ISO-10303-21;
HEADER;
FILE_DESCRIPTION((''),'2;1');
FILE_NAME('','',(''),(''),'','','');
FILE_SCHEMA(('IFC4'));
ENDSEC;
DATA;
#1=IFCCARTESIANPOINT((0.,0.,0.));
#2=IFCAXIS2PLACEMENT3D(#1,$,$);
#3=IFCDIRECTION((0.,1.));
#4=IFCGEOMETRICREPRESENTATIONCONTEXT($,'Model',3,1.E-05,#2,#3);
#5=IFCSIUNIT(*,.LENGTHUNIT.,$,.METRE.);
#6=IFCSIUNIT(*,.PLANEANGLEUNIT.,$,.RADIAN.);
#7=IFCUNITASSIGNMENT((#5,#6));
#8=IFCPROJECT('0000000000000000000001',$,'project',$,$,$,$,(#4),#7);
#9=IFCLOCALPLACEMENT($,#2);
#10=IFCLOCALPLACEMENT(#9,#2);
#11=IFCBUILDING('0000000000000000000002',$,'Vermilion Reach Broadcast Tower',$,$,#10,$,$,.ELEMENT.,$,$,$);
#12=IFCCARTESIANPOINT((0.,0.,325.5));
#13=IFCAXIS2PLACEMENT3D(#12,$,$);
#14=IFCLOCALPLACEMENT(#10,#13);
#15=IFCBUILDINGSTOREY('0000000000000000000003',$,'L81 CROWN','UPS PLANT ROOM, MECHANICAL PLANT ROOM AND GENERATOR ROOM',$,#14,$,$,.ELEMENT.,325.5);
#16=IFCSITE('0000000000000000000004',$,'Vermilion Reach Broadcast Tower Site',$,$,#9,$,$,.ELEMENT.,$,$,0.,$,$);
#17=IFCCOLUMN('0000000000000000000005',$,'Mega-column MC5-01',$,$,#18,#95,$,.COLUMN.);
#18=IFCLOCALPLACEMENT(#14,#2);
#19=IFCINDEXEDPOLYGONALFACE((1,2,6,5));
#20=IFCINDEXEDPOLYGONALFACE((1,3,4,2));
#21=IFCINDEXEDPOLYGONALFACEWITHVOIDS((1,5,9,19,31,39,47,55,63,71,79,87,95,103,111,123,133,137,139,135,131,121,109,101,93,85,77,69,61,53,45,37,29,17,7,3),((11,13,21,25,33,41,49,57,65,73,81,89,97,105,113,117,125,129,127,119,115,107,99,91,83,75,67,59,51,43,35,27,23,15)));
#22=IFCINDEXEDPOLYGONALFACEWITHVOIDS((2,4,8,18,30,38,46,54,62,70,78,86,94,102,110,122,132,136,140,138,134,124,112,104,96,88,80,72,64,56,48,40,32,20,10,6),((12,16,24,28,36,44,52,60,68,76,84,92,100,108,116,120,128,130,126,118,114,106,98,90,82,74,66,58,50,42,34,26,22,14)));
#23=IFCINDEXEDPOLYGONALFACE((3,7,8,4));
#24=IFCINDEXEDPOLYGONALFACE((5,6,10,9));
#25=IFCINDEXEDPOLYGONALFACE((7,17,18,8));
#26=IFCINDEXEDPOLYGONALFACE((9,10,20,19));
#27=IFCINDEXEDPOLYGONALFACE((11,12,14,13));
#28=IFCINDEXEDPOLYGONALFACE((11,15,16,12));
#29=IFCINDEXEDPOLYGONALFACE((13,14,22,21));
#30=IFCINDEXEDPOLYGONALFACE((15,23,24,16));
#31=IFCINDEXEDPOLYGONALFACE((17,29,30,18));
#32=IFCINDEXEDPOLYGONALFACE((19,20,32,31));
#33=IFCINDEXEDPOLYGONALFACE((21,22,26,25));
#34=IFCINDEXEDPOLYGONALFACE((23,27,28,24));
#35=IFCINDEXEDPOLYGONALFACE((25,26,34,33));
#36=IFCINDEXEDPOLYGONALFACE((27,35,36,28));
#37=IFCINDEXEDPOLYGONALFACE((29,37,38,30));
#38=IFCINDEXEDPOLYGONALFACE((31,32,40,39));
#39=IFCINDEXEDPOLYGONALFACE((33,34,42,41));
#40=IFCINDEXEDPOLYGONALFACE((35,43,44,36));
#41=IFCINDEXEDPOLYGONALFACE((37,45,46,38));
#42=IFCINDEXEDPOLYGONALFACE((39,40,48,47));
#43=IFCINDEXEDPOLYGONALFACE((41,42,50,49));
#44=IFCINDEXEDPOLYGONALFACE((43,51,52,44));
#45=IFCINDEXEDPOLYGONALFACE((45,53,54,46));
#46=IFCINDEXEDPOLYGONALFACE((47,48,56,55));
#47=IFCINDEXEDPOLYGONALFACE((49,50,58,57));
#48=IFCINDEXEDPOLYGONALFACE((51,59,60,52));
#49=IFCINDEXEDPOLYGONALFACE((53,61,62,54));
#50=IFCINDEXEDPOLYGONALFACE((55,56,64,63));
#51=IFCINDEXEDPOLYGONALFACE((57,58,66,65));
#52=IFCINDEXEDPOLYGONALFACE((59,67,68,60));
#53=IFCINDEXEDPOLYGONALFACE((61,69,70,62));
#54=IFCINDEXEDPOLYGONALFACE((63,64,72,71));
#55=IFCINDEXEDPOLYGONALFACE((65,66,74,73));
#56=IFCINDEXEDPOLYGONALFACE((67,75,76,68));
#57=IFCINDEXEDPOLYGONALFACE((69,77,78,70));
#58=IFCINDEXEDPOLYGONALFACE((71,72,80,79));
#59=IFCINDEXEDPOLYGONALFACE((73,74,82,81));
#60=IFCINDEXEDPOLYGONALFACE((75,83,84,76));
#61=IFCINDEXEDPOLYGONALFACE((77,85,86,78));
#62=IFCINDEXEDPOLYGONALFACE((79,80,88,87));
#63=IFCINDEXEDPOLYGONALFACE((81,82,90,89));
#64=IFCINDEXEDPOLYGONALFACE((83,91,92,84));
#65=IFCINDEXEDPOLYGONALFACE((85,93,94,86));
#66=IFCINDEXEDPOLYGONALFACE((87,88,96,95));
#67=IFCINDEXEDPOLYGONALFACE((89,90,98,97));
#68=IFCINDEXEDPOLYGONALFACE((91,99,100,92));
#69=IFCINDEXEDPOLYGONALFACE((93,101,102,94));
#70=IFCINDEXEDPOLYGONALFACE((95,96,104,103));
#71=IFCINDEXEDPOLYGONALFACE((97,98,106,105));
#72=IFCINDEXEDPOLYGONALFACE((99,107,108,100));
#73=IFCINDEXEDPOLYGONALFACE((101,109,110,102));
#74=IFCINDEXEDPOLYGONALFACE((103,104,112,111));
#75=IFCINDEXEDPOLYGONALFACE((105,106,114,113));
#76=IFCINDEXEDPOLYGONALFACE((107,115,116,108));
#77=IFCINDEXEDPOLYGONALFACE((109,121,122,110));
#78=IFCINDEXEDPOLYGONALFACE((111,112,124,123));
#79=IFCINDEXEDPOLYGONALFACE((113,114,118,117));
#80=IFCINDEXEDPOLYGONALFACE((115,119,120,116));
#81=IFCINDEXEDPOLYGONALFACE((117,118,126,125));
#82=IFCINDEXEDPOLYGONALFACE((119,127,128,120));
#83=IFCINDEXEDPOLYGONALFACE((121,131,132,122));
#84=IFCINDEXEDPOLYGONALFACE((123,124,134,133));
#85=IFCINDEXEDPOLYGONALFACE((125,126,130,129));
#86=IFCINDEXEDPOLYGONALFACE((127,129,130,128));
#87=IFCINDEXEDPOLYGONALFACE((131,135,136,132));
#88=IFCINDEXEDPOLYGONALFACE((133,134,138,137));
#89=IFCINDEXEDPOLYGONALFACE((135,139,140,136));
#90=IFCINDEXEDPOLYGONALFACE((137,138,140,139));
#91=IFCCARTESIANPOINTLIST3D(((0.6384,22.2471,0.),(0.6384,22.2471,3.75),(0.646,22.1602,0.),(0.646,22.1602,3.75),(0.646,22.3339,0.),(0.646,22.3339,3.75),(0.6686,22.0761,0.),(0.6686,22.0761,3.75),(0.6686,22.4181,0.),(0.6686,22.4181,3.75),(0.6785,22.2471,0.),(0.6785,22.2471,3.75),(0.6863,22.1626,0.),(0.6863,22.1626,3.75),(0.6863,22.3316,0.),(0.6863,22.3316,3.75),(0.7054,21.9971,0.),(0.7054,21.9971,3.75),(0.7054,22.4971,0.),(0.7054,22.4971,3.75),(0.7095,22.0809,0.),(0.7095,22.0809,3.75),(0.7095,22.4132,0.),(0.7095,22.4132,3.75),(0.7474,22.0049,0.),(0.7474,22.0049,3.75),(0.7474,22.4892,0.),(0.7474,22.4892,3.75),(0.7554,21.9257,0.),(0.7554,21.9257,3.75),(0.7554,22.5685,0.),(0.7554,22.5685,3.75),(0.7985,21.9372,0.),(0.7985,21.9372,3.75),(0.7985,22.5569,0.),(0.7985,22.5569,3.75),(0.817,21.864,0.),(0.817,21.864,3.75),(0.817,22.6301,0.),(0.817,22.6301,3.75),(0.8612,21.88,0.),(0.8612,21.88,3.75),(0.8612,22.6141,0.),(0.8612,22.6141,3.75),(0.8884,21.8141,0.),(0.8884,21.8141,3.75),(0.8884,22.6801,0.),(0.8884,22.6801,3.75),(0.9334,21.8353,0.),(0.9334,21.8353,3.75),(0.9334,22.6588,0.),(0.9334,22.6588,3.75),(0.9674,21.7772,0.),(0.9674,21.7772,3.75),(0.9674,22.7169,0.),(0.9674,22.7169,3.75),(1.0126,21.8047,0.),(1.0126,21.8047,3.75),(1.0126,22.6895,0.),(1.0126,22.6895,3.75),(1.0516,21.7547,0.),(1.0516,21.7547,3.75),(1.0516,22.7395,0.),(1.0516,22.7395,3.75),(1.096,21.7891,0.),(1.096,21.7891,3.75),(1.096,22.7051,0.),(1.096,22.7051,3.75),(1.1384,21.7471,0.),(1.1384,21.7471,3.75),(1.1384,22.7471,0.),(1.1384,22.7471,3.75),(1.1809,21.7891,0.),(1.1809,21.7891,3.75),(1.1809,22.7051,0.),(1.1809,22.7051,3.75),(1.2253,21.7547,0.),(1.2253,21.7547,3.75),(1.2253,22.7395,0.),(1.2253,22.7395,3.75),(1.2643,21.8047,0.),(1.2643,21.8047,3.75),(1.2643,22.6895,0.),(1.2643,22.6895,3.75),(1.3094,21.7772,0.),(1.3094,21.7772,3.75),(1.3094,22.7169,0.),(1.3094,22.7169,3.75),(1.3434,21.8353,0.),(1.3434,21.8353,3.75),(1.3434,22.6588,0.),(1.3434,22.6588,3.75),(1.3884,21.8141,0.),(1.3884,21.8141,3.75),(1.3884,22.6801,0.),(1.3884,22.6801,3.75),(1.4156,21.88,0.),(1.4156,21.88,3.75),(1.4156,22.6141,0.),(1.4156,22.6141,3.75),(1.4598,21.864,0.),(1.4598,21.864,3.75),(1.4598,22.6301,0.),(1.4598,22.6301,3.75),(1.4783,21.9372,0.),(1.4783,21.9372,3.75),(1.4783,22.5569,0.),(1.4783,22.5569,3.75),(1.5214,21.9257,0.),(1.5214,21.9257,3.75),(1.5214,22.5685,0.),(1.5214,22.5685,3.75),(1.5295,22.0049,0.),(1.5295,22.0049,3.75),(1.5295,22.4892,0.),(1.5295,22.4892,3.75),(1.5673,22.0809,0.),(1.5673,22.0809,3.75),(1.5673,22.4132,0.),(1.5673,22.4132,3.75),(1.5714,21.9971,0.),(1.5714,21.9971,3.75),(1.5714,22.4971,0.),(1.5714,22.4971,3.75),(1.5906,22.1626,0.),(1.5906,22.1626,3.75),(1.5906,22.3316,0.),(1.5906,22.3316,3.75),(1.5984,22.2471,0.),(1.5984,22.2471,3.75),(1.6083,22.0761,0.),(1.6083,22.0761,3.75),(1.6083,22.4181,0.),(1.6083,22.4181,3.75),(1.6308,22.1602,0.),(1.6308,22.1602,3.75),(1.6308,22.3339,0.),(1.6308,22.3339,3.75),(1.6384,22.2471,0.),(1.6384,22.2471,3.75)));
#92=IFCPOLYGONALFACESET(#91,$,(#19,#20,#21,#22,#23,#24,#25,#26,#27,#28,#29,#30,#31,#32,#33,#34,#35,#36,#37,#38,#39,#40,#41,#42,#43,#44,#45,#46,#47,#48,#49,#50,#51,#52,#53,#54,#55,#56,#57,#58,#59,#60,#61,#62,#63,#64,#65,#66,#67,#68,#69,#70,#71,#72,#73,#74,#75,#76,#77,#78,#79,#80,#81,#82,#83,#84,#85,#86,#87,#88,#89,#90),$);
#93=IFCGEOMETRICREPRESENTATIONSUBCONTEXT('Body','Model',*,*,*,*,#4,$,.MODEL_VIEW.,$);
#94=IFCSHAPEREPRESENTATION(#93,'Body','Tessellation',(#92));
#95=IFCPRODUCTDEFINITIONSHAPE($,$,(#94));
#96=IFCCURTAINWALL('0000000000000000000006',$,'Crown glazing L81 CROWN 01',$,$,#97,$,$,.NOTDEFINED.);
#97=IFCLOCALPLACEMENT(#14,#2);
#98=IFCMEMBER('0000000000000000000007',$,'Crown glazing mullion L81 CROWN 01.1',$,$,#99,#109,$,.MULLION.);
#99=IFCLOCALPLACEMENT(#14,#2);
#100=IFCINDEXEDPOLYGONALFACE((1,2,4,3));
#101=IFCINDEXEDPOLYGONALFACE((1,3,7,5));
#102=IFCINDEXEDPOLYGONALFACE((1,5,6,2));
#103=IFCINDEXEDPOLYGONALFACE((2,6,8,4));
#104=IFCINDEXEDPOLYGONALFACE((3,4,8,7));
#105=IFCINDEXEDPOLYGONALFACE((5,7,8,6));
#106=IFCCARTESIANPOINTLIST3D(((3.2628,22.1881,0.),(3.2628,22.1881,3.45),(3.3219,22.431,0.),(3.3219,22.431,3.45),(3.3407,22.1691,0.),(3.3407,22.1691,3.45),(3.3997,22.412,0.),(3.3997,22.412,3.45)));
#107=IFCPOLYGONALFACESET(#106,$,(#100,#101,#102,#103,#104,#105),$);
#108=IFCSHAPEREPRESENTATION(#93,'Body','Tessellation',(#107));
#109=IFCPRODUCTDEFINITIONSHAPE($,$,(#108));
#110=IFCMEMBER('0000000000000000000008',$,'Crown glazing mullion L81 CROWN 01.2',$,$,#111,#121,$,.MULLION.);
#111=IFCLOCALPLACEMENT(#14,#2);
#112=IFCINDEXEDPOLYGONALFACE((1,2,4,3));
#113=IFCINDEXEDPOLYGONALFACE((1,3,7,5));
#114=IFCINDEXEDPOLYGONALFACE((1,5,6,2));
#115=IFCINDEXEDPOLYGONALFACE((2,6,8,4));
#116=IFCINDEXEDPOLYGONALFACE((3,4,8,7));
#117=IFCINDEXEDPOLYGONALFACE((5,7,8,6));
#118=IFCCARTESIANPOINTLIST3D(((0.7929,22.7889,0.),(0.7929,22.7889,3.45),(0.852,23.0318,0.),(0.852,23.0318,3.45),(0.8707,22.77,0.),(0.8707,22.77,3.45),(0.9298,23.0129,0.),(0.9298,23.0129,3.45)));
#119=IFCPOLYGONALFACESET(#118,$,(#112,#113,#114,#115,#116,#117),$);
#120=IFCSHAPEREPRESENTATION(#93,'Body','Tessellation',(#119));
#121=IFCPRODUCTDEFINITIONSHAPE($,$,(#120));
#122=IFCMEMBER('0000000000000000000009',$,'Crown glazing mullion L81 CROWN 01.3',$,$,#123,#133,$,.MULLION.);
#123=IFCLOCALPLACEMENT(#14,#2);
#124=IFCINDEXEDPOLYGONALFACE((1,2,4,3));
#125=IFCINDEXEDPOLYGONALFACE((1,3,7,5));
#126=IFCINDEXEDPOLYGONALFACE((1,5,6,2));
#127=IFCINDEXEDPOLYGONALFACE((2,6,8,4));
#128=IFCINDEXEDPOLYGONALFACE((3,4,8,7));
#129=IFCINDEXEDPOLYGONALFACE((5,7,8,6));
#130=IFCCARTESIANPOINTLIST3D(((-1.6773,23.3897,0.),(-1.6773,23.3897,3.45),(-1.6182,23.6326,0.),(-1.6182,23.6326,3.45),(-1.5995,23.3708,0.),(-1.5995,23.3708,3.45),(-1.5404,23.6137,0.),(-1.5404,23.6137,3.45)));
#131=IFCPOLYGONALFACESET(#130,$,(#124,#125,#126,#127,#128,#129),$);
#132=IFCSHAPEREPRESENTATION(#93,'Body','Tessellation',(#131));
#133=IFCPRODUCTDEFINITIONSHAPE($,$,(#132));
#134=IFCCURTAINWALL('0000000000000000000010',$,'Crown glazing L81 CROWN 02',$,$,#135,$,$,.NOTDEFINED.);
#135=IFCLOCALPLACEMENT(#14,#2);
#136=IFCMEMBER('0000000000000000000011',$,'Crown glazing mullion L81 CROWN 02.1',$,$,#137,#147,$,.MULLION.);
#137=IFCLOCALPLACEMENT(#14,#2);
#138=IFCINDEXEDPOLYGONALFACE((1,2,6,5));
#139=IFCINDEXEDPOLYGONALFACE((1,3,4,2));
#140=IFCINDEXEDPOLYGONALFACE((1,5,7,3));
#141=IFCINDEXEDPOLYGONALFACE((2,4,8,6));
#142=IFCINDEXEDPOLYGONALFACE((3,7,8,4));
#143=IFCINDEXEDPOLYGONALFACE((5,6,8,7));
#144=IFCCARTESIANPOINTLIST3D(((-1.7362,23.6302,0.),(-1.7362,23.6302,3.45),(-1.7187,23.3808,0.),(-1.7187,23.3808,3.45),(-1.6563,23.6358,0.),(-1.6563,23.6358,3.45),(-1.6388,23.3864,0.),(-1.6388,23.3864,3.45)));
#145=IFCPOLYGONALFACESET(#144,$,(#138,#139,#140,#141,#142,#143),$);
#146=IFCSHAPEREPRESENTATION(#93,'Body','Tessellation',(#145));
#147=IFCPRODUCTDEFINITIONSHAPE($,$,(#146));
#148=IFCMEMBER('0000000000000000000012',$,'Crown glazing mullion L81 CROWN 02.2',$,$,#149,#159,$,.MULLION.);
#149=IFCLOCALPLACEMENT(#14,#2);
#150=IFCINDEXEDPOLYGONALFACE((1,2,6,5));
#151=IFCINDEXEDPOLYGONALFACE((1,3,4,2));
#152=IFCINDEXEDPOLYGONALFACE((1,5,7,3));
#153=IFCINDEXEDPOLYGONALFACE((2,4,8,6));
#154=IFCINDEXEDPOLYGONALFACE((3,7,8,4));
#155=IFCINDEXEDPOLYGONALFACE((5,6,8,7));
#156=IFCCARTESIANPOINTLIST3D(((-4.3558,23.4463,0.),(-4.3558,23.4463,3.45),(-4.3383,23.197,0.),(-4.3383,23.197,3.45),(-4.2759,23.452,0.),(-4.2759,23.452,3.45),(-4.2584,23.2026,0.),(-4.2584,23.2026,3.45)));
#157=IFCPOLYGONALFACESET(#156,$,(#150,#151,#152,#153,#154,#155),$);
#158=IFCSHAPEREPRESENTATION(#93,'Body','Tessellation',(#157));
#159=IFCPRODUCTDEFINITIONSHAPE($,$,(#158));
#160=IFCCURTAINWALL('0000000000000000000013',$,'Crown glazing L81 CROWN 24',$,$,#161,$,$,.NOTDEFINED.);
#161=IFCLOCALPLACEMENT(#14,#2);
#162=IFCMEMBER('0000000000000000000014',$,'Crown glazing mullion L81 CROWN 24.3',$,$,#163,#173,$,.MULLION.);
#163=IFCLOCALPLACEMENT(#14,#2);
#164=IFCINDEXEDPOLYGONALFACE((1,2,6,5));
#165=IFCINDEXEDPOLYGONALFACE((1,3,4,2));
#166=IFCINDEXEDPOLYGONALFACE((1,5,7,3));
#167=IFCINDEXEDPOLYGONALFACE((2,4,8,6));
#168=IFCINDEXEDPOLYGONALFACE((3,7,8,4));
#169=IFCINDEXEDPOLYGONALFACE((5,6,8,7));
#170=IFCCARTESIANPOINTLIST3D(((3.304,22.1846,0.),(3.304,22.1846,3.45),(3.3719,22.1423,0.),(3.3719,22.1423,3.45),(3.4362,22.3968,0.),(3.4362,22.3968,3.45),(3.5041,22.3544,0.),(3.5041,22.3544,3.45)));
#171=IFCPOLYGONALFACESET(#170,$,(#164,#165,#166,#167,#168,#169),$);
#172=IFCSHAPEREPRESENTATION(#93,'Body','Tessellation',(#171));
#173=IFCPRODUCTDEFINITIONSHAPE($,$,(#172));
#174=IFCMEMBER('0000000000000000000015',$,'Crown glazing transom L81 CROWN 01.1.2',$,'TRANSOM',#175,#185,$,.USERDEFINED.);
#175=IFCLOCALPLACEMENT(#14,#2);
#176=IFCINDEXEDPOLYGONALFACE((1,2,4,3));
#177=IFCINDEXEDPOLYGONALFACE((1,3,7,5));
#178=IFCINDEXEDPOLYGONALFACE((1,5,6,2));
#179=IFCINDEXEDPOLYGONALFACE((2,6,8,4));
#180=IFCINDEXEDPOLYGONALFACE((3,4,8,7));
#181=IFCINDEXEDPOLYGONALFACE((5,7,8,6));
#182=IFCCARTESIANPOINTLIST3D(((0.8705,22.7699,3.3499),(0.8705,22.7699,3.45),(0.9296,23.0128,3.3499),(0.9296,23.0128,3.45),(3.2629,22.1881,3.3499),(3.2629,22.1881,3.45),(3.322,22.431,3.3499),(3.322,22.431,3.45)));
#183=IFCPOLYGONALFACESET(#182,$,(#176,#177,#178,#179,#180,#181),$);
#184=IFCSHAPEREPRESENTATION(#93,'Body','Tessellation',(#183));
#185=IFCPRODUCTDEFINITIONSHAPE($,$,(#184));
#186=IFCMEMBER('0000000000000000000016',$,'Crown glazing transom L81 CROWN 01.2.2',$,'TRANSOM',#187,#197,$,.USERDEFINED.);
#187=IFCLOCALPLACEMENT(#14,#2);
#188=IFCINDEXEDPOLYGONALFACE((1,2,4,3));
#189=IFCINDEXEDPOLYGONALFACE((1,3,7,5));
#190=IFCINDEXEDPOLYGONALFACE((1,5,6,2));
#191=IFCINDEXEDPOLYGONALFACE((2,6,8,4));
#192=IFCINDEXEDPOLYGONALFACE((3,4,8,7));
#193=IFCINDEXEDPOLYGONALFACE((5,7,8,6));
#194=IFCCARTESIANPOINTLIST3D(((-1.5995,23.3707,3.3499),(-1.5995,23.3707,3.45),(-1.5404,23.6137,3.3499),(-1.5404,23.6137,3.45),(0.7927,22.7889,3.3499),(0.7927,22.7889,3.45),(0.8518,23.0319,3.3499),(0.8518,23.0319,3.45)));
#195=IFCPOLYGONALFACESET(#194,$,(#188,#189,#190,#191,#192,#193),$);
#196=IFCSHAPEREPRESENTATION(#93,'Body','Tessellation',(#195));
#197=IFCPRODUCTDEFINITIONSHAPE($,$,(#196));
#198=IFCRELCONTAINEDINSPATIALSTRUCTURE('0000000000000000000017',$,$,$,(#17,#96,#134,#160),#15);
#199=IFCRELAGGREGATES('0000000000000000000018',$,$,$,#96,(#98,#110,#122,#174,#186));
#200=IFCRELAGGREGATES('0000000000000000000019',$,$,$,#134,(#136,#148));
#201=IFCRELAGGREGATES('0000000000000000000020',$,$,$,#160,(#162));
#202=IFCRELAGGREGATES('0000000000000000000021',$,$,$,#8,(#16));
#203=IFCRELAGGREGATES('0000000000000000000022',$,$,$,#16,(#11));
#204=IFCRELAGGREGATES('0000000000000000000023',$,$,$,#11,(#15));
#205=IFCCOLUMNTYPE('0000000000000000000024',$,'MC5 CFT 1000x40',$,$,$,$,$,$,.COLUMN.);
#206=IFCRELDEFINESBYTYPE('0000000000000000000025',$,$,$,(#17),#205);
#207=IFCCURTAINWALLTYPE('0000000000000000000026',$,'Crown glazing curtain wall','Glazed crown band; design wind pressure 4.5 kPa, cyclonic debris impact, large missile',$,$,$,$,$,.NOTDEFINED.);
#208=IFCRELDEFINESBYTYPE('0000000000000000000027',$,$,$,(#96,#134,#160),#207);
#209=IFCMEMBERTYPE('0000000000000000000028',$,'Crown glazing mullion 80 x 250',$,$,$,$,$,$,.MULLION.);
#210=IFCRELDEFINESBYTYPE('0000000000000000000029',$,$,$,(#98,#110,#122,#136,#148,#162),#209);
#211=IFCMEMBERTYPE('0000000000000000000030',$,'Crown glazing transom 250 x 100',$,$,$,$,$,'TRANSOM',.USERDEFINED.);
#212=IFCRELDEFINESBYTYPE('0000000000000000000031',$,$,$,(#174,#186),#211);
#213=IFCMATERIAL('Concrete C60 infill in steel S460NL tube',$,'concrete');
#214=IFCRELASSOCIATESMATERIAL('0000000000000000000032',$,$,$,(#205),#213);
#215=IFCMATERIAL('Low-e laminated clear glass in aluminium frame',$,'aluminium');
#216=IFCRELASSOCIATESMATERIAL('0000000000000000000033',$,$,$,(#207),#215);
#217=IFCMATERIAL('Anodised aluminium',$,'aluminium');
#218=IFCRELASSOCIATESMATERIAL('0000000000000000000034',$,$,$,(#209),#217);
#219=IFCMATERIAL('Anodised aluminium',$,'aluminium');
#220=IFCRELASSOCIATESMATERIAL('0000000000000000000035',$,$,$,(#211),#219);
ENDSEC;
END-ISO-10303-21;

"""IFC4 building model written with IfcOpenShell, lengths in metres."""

from ifc_helpers import new_model, si_unit, direction, frame, origin, origin_2d, place, context, subcontext, project, spatial, rectangle, hollow_circle, extrude, material, material_profile, profile_set, type_object, element, aggregate, save


model = new_model("IFC4")

# Units and contexts
model_context = context("Model", 3, precision=1e-05, world=origin(), true_north=direction((0.0, 1.0)))
body_context = subcontext(model_context, "Body", "Model", "MODEL_VIEW")
ifc_project = project(units=[si_unit("LENGTHUNIT", "METRE"), si_unit("PLANEANGLEUNIT", "RADIAN")], contexts=[model_context])

# Site, building, storey
site_placement = place(None, origin())
site = spatial("IfcSite", under=ifc_project, at=site_placement, Name="Vermilion Reach Broadcast Tower Site", CompositionType="ELEMENT", RefElevation=0.0)
building_placement = place(site_placement, origin())
building = spatial("IfcBuilding", under=site, at=building_placement, Name="Vermilion Reach Broadcast Tower", CompositionType="ELEMENT")
storey_placement = place(building_placement, frame((0.0, 0.0, 325.5)))
storey = spatial("IfcBuildingStorey", under=building, at=storey_placement, Name="L81 CROWN", Description="UPS PLANT ROOM, MECHANICAL PLANT ROOM AND GENERATOR ROOM", CompositionType="ELEMENT", Elevation=325.5)

# Column
ifc_material_1 = material(Name="Concrete C60 infill in steel S460NL tube", Category="concrete")
ifc_material_profile_1 = material_profile(ifc_material_1, hollow_circle(Radius=0.5, WallThickness=0.04, at=origin_2d()), Name="Concrete C60 infill in steel S460NL tube CFT 1000x40")
ifc_profile_set_1 = profile_set([ifc_material_profile_1], Name="Concrete C60 infill in steel S460NL tube")
column_type = type_object("IfcColumnType", Name="MC5 CFT 1000x40", PredefinedType="COLUMN", material=ifc_profile_set_1)
column_placement = place(storey_placement, frame((1.1384, 22.2471, 0.0), z_axis=(0.0, 0.0, 1.0), x_axis=(1.0, 0.0, 0.0)))
element("IfcColumn", 1, at=column_placement, inside=storey, type_object=column_type, Name="Mega-column MC5-01", PredefinedType="COLUMN", context=body_context, shape_type="SweptSolid", body=[
    extrude(hollow_circle(Radius=0.5, WallThickness=0.04, at=origin_2d()), origin(), (0.0, 0.0, 1.0), 3.75),
])

# Curtain walls, members
ifc_material_2 = material(Name="Low-e laminated clear glass in aluminium frame", Category="aluminium")
curtain_wall_type = type_object("IfcCurtainWallType", Name="Crown glazing curtain wall", Description="Glazed crown band; design wind pressure 4.5 kPa, cyclonic debris impact, large missile", PredefinedType="NOTDEFINED", material=ifc_material_2)
placement = place(storey_placement, origin())
curtain_wall_1 = element("IfcCurtainWall", 2, at=placement, inside=storey, type_object=curtain_wall_type, Name="Crown glazing L81 CROWN 01", PredefinedType="NOTDEFINED")
ifc_material_3 = material(Name="Anodised aluminium", Category="aluminium")
ifc_material_profile_2 = material_profile(ifc_material_3, rectangle(XDim=0.25, YDim=0.0801, at=origin_2d()), Name="Crown glazing mullion 80 x 250")
ifc_profile_set_2 = profile_set([ifc_material_profile_2], Name="Anodised aluminium")
member_type_1 = type_object("IfcMemberType", Name="Crown glazing mullion 80 x 250", PredefinedType="MULLION", material=ifc_profile_set_2)
member_1_placement = place(storey_placement, frame((3.3313, 22.3, 0.0), z_axis=(0.0, 0.0, 1.0), x_axis=(-0.236354, -0.971667, 0.0)))
member_1 = element("IfcMember", 3, at=member_1_placement, type_object=member_type_1, Name="Crown glazing mullion L81 CROWN 01.1", PredefinedType="MULLION", context=body_context, shape_type="SweptSolid", body=[
    extrude(rectangle(XDim=0.25, YDim=0.0801, at=origin_2d()), origin(), (0.0, 0.0, 1.0), 3.45),
])
member_2_placement = place(storey_placement, frame((0.8613, 22.9009, 0.0), z_axis=(0.0, 0.0, 1.0), x_axis=(-0.236354, -0.971667, 0.0)))
member_2 = element("IfcMember", 4, at=member_2_placement, type_object=member_type_1, Name="Crown glazing mullion L81 CROWN 01.2", PredefinedType="MULLION", context=body_context, shape_type="SweptSolid", body=[
    extrude(rectangle(XDim=0.25, YDim=0.0801, at=origin_2d()), origin(), (0.0, 0.0, 1.0), 3.45),
])
member_3_placement = place(storey_placement, frame((-1.6089, 23.5017, 0.0), z_axis=(0.0, 0.0, 1.0), x_axis=(-0.236354, -0.971667, 0.0)))
member_3 = element("IfcMember", 5, at=member_3_placement, type_object=member_type_1, Name="Crown glazing mullion L81 CROWN 01.3", PredefinedType="MULLION", context=body_context, shape_type="SweptSolid", body=[
    extrude(rectangle(XDim=0.25, YDim=0.0801, at=origin_2d()), origin(), (0.0, 0.0, 1.0), 3.45),
])
curtain_wall_2 = element("IfcCurtainWall", 6, at=placement, inside=storey, type_object=curtain_wall_type, Name="Crown glazing L81 CROWN 02", PredefinedType="NOTDEFINED")
member_4_placement = place(storey_placement, frame((-1.6875, 23.5083, 0.0), z_axis=(0.0, 0.0, 1.0), x_axis=(0.070082, -0.997541, 0.0)))
member_4 = element("IfcMember", 7, at=member_4_placement, type_object=member_type_1, Name="Crown glazing mullion L81 CROWN 02.1", PredefinedType="MULLION", context=body_context, shape_type="SweptSolid", body=[
    extrude(rectangle(XDim=0.25, YDim=0.0801, at=origin_2d()), origin(), (0.0, 0.0, 1.0), 3.45),
])
member_5_placement = place(storey_placement, frame((-4.3071, 23.3245, 0.0), z_axis=(0.0, 0.0, 1.0), x_axis=(0.070082, -0.997541, 0.0)))
member_5 = element("IfcMember", 8, at=member_5_placement, type_object=member_type_1, Name="Crown glazing mullion L81 CROWN 02.2", PredefinedType="MULLION", context=body_context, shape_type="SweptSolid", body=[
    extrude(rectangle(XDim=0.25, YDim=0.0801, at=origin_2d()), origin(), (0.0, 0.0, 1.0), 3.45),
])

# Curtain wall, member
curtain_wall_3 = element("IfcCurtainWall", 9, at=placement, inside=storey, type_object=curtain_wall_type, Name="Crown glazing L81 CROWN 24", PredefinedType="NOTDEFINED")
member_6_placement = place(storey_placement, frame((3.4041, 22.2695, 0.0), z_axis=(0.0, 0.0, 1.0), x_axis=(-0.528861, -0.848708, 0.0)))
member_6 = element("IfcMember", 10, at=member_6_placement, type_object=member_type_1, Name="Crown glazing mullion L81 CROWN 24.3", PredefinedType="MULLION", context=body_context, shape_type="SweptSolid", body=[
    extrude(rectangle(XDim=0.25, YDim=0.0801, at=origin_2d()), origin(), (0.0, 0.0, 1.0), 3.45),
])

# Members
ifc_material_4 = material(Name="Anodised aluminium", Category="aluminium")
ifc_material_profile_3 = material_profile(ifc_material_4, rectangle(XDim=0.25, YDim=0.1001, at=origin_2d()), Name="Crown glazing transom 250 x 100")
ifc_profile_set_3 = profile_set([ifc_material_profile_3], Name="Anodised aluminium")
member_type_2 = type_object("IfcMemberType", Name="Crown glazing transom 250 x 100", ElementType="TRANSOM", PredefinedType="USERDEFINED", material=ifc_profile_set_3)
member_7_placement = place(storey_placement, frame((3.2925, 22.3096, 3.3999), z_axis=(-0.97168, 0.236301, 0.0), x_axis=(-0.236301, -0.97168, 0.0)))
member_7 = element("IfcMember", 11, at=member_7_placement, type_object=member_type_2, Name="Crown glazing transom L81 CROWN 01.1.2", ObjectType="TRANSOM", PredefinedType="USERDEFINED", context=body_context, shape_type="SweptSolid", body=[
    extrude(rectangle(XDim=0.25, YDim=0.1001, at=origin_2d()), origin(), (0.0, 0.0, 1.0), 2.4622),
])
member_8_placement = place(storey_placement, frame((0.8223, 22.9104, 3.3999), z_axis=(-0.971674, 0.236324, 0.0), x_axis=(-0.236324, -0.971674, 0.0)))
member_8 = element("IfcMember", 12, at=member_8_placement, type_object=member_type_2, Name="Crown glazing transom L81 CROWN 01.2.2", ObjectType="TRANSOM", PredefinedType="USERDEFINED", context=body_context, shape_type="SweptSolid", body=[
    extrude(rectangle(XDim=0.25, YDim=0.1001, at=origin_2d()), origin(), (0.0, 0.0, 1.0), 2.4619),
])

aggregate(curtain_wall_1, [member_1, member_2, member_3, member_7, member_8])
aggregate(curtain_wall_2, [member_4, member_5])
aggregate(curtain_wall_3, [member_6])

save(model, "model.ifc")
